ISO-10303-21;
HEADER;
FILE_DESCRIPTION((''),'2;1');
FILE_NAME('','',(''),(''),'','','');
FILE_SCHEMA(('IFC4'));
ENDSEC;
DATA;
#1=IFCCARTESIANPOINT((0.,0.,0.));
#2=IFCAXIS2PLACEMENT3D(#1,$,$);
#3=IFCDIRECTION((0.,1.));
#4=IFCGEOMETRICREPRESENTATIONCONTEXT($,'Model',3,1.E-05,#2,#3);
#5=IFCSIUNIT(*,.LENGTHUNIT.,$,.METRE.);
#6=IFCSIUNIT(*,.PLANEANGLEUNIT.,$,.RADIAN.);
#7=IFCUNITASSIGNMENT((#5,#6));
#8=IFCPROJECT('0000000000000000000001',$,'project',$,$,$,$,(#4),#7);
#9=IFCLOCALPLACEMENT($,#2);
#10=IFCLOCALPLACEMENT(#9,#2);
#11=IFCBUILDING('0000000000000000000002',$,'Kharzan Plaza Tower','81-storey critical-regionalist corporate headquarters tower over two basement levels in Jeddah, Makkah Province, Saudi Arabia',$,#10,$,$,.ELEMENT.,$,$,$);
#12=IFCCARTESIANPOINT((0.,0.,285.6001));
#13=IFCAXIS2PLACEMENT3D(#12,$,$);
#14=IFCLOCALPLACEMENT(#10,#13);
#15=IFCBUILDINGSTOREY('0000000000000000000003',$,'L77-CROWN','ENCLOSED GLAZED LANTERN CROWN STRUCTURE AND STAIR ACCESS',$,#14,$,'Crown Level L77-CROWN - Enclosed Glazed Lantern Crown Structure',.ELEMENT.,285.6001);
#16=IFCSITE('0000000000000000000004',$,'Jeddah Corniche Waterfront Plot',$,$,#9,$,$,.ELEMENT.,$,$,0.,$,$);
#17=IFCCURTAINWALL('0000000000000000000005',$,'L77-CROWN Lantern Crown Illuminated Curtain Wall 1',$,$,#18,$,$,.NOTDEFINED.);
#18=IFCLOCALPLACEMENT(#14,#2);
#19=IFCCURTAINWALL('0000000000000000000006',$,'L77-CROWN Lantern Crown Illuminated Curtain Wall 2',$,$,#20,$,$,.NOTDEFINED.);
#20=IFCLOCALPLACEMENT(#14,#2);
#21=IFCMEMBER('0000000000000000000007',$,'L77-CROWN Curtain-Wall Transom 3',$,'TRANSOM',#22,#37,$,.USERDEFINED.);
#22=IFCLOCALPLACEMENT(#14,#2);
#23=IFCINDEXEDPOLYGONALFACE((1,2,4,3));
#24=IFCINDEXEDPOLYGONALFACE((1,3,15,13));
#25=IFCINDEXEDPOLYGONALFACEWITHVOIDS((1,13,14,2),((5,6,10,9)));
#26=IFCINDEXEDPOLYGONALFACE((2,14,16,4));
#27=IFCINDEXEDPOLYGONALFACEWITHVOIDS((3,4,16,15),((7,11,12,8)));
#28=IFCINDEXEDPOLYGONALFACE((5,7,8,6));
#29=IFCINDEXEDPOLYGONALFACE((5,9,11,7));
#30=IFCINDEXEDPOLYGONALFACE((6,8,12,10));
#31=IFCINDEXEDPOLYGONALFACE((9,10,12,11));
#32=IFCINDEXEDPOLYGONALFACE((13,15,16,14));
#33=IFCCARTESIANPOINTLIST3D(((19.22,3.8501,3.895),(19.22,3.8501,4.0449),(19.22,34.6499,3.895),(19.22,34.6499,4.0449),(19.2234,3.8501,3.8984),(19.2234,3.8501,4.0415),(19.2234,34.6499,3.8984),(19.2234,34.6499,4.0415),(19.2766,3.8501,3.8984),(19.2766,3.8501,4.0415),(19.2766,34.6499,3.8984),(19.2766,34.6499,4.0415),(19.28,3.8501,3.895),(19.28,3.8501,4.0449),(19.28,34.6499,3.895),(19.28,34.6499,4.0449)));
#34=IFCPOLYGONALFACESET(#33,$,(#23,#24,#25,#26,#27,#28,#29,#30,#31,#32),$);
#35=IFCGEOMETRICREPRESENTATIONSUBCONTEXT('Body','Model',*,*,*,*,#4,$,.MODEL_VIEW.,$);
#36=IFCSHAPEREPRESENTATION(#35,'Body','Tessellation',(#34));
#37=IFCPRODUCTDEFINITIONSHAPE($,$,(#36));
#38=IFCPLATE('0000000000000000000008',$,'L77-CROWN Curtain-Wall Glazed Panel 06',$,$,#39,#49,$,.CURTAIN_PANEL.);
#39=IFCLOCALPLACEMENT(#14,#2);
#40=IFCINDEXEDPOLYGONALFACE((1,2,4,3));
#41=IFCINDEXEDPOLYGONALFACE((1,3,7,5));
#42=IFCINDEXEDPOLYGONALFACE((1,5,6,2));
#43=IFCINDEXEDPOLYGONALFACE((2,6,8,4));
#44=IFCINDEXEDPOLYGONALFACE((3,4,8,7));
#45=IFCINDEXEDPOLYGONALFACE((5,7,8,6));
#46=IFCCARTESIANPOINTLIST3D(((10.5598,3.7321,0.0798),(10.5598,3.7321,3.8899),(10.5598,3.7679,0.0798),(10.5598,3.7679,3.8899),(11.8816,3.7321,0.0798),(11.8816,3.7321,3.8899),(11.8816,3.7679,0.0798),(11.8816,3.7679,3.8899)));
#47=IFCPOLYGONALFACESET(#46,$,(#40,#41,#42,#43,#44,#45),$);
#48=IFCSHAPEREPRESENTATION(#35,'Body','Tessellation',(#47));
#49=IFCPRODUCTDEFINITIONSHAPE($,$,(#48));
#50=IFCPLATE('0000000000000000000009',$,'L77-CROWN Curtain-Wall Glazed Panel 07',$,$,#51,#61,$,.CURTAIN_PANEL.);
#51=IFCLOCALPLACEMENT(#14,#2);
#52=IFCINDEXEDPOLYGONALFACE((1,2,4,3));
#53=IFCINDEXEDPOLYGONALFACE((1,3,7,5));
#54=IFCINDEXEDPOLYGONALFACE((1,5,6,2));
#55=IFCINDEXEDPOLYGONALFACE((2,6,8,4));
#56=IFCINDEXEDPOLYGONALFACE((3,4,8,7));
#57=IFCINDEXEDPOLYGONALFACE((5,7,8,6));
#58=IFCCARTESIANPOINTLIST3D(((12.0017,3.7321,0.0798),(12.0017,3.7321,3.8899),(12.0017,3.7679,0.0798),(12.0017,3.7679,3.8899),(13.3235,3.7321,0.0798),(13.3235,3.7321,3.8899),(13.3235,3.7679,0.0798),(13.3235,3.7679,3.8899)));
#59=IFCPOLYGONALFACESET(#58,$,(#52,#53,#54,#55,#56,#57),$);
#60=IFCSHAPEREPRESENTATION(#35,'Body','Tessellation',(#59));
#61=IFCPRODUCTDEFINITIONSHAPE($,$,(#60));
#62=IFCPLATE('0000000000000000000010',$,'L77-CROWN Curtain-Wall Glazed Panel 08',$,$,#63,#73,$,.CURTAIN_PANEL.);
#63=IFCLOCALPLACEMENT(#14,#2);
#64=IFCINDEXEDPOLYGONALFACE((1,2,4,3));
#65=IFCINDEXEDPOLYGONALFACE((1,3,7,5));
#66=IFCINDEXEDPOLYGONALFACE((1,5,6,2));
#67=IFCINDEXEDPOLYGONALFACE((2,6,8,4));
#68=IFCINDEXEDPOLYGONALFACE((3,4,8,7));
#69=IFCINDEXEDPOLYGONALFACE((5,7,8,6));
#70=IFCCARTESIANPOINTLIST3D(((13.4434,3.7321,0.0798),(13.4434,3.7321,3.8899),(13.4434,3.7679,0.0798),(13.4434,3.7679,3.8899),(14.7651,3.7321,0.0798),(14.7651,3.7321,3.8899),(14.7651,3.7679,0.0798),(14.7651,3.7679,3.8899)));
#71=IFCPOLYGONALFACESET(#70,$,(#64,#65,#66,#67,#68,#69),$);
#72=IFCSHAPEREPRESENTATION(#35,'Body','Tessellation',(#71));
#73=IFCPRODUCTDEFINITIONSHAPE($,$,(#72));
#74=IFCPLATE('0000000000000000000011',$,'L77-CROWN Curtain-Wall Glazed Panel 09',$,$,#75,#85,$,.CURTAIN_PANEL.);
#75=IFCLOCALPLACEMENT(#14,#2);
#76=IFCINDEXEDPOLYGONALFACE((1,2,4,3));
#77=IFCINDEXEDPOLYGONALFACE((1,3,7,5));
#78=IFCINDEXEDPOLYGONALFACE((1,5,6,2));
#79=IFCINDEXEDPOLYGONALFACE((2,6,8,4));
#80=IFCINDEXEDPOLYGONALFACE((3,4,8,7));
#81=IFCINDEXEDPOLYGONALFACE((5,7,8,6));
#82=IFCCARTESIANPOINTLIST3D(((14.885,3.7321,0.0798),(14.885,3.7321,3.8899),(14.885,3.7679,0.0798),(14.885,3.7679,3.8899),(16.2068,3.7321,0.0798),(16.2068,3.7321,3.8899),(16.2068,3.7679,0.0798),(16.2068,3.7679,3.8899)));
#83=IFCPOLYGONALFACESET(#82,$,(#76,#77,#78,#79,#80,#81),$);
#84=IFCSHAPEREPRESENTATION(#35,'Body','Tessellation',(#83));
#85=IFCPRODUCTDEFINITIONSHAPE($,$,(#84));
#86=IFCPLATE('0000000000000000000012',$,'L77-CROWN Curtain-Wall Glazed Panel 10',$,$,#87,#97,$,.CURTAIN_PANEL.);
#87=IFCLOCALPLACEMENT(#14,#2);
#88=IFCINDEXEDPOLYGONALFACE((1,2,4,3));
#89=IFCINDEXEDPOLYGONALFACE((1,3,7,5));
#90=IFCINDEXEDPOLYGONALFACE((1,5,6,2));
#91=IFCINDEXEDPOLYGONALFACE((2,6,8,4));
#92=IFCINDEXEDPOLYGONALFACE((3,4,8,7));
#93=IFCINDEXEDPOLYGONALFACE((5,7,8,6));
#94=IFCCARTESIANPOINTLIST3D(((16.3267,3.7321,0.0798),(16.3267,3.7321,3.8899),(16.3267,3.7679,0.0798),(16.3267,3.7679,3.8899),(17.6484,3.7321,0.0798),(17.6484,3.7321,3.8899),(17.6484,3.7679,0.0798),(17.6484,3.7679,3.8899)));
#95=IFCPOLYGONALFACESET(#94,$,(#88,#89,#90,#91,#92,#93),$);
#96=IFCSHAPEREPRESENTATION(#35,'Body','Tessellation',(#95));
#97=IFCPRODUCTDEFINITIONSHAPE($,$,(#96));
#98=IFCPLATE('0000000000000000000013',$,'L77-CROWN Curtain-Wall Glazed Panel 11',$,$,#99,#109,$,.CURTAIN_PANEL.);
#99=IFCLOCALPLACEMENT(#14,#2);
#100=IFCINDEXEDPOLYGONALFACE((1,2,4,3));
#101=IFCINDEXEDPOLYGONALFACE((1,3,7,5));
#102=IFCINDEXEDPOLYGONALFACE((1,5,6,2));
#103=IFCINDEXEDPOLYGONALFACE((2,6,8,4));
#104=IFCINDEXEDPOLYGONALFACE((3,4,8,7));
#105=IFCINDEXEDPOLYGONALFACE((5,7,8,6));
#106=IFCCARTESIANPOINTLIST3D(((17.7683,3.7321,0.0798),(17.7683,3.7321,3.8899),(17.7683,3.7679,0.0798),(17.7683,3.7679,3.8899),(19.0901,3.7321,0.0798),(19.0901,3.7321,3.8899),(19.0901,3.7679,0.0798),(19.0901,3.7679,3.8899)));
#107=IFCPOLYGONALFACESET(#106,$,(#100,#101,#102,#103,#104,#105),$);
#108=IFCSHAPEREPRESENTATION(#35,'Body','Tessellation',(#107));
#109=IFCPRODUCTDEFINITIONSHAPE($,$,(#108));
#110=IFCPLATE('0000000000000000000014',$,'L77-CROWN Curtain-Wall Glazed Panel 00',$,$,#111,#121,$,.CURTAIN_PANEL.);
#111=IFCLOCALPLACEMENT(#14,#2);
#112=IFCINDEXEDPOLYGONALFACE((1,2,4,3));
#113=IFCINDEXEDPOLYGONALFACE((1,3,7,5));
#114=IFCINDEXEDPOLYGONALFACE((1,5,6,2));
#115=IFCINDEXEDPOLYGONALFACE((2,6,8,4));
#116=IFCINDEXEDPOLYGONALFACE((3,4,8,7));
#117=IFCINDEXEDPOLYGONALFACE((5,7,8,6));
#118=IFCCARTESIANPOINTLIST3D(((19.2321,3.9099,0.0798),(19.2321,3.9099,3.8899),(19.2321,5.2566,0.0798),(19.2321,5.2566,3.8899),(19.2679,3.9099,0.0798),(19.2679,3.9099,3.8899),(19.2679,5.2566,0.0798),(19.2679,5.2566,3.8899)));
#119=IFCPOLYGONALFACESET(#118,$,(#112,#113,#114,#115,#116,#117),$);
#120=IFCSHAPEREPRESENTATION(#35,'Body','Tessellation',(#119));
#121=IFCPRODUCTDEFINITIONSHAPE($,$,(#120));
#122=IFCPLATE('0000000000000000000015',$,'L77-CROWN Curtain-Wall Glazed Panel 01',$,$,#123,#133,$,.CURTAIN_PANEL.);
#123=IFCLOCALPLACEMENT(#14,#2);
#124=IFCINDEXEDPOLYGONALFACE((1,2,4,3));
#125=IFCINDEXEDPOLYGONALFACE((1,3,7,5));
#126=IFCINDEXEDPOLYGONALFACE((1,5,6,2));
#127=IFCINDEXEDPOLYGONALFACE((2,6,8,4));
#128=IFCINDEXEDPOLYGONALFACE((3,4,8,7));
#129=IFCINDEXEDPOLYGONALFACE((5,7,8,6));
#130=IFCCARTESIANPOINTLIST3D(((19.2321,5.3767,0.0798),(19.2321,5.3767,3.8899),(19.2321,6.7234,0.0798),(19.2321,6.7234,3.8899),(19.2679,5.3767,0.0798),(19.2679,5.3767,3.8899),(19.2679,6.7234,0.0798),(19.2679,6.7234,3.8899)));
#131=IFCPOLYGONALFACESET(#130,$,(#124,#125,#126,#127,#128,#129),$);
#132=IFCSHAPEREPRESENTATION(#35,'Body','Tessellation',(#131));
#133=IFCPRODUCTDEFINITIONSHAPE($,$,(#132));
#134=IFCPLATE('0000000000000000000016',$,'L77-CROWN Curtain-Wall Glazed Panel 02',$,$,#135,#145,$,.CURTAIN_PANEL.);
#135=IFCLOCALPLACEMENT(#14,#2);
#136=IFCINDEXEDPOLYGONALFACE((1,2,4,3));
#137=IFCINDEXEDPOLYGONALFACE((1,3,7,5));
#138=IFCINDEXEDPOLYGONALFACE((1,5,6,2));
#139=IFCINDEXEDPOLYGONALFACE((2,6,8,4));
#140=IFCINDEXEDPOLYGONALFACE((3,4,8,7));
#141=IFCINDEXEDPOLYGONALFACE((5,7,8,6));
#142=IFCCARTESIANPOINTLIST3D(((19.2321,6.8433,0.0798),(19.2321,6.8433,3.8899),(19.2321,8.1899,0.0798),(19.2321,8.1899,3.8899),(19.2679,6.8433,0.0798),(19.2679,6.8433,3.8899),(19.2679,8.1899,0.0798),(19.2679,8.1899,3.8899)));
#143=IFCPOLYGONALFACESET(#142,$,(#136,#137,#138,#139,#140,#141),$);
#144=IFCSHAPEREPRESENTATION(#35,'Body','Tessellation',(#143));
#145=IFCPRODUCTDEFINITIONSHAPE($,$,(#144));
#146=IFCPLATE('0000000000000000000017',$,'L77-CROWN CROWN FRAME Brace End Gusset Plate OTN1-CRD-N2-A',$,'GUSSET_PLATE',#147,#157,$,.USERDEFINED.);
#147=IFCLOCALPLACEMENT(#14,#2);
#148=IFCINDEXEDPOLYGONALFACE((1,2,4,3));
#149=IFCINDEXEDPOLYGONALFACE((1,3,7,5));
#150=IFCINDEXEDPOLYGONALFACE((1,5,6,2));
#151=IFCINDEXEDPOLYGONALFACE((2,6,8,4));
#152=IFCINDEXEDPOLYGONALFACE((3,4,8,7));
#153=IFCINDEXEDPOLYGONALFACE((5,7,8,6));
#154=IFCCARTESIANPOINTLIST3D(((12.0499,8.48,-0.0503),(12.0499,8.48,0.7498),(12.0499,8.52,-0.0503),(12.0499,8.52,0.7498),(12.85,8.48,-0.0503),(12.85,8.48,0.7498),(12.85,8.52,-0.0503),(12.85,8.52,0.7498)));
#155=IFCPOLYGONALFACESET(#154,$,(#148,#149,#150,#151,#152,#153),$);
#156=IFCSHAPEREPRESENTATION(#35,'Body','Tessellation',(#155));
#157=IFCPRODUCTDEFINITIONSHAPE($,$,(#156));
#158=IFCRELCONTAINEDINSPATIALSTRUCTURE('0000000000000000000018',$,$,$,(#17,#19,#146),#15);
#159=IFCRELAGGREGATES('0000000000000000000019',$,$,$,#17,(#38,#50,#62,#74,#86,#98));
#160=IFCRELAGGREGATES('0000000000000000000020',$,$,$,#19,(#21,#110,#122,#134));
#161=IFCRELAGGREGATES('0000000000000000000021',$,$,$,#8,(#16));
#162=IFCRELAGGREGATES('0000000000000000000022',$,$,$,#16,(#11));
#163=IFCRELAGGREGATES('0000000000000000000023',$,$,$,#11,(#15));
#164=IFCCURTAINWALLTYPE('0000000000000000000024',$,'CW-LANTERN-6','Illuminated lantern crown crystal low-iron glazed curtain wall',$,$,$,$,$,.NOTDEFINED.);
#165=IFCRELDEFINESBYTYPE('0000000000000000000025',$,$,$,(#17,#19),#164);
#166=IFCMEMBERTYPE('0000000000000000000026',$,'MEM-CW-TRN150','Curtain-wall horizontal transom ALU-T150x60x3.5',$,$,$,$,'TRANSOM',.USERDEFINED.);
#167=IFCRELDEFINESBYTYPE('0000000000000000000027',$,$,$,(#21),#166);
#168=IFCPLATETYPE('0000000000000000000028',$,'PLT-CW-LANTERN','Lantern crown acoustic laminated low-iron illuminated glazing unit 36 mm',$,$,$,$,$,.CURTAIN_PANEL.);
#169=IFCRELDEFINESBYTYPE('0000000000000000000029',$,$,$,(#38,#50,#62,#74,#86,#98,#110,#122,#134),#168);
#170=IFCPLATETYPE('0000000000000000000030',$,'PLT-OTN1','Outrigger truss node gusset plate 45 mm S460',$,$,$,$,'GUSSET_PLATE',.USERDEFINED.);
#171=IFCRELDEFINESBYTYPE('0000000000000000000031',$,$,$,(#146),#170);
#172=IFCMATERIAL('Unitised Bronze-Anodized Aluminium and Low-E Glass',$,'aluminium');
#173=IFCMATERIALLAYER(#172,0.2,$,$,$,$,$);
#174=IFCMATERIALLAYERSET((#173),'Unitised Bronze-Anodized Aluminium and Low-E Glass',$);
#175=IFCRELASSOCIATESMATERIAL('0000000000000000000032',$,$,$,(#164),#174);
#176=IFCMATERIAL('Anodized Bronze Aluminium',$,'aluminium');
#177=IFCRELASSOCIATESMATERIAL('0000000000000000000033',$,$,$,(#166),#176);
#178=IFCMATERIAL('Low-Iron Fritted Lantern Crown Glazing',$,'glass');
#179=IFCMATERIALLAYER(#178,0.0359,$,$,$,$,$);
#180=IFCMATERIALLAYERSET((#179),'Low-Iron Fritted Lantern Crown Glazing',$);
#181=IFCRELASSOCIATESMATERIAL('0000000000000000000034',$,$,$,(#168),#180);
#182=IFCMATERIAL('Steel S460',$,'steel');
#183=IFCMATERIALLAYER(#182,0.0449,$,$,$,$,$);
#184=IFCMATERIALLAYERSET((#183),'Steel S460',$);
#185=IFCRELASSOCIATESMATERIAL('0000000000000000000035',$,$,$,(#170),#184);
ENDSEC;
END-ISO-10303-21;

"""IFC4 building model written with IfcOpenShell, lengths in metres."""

from ifc_helpers import new_model, si_unit, direction, frame, origin, origin_2d, place, context, subcontext, project, spatial, rectangle, hollow_rectangle, extrude, source, transform, mapped, material, layer, layer_set, material_profile, profile_set, type_object, element, aggregate, save


model = new_model("IFC4")

# Units and contexts
model_context = context("Model", 3, precision=1e-05, world=origin(), true_north=direction((0.0, 1.0)))
body_context = subcontext(model_context, "Body", "Model", "MODEL_VIEW")
ifc_project = project(units=[si_unit("LENGTHUNIT", "METRE"), si_unit("PLANEANGLEUNIT", "RADIAN")], contexts=[model_context])

# Site, building, storey
site_placement = place(None, origin())
site = spatial("IfcSite", under=ifc_project, at=site_placement, Name="Jeddah Corniche Waterfront Plot", CompositionType="ELEMENT", RefElevation=0.0)
building_placement = place(site_placement, origin())
building = spatial("IfcBuilding", under=site, at=building_placement, Name="Kharzan Plaza Tower", Description="81-storey critical-regionalist corporate headquarters tower over two basement levels in Jeddah, Makkah Province, Saudi Arabia", CompositionType="ELEMENT")
storey_placement = place(building_placement, frame((0.0, 0.0, 285.6001)))
storey = spatial("IfcBuildingStorey", under=building, at=storey_placement, Name="L77-CROWN", Description="ENCLOSED GLAZED LANTERN CROWN STRUCTURE AND STAIR ACCESS", LongName="Crown Level L77-CROWN - Enclosed Glazed Lantern Crown Structure", CompositionType="ELEMENT", Elevation=285.6001)

# Curtain walls, member
ifc_material_1 = material(Name="Unitised Bronze-Anodized Aluminium and Low-E Glass", Category="aluminium")
ifc_layer_1 = layer(ifc_material_1, 0.2)
ifc_layer_set_1 = layer_set([ifc_layer_1], Name="Unitised Bronze-Anodized Aluminium and Low-E Glass")
curtain_wall_type = type_object("IfcCurtainWallType", Name="CW-LANTERN-6", Description="Illuminated lantern crown crystal low-iron glazed curtain wall", PredefinedType="NOTDEFINED", material=ifc_layer_set_1)
curtain_wall_1_placement = place(storey_placement, origin())
curtain_wall_1 = element("IfcCurtainWall", 1, at=curtain_wall_1_placement, inside=storey, type_object=curtain_wall_type, Name="L77-CROWN Lantern Crown Illuminated Curtain Wall 1", PredefinedType="NOTDEFINED")
ifc_material_2 = material(Name="Anodized Bronze Aluminium", Category="aluminium")
curtain_wall_2_placement = place(storey_placement, origin())
curtain_wall_2 = element("IfcCurtainWall", 2, at=curtain_wall_2_placement, inside=storey, type_object=curtain_wall_type, Name="L77-CROWN Lantern Crown Illuminated Curtain Wall 2", PredefinedType="NOTDEFINED")
ifc_material_profile_1 = material_profile(ifc_material_2, hollow_rectangle(XDim=0.0601, YDim=0.1499, WallThickness=0.0034, at=origin_2d()), Name="ALU-T150x60x3.5")
ifc_profile_set_1 = profile_set([ifc_material_profile_1], Name="Anodized Bronze Aluminium")
member_type_1 = type_object("IfcMemberType", Name="MEM-CW-TRN150", Description="Curtain-wall horizontal transom ALU-T150x60x3.5", ElementType="TRANSOM", PredefinedType="USERDEFINED", material=ifc_profile_set_1)
shared_shape_1 = source(origin(), body_context, "Body", "SweptSolid", [
    extrude(hollow_rectangle(XDim=0.0601, YDim=0.1499, WallThickness=0.0034, at=origin_2d()), origin(), (0.0, 0.0, 1.0), 30.7998),
])
member_1_placement = place(storey_placement, frame((19.25, 3.8501, 3.97), z_axis=(0.0, 1.0, 0.0), x_axis=(-1.0, 0.0, 0.0)))
member_1 = element("IfcMember", 3, at=member_1_placement, type_object=member_type_1, Name="L77-CROWN Curtain-Wall Transom 3", ObjectType="TRANSOM", PredefinedType="USERDEFINED", context=body_context, shape_type="MappedRepresentation", body=[
    mapped(shared_shape_1, transform((0.0, 0.0, 0.0), x_axis=(1.0, 0.0, 0.0), y_axis=(0.0, 1.0, 0.0), z_axis=(0.0, 0.0, 1.0))),
])

# Plates
ifc_material_3 = material(Name="Low-Iron Fritted Lantern Crown Glazing", Category="glass")
ifc_layer_2 = layer(ifc_material_3, 0.0359)
ifc_layer_set_2 = layer_set([ifc_layer_2], Name="Low-Iron Fritted Lantern Crown Glazing")
plate_type_1 = type_object("IfcPlateType", Name="PLT-CW-LANTERN", Description="Lantern crown acoustic laminated low-iron illuminated glazing unit 36 mm", PredefinedType="CURTAIN_PANEL", material=ifc_layer_set_2)
shared_shape_2 = source(origin(), body_context, "Body", "SweptSolid", [
    extrude(rectangle(XDim=1.3218, YDim=0.0359, at=origin_2d()), origin(), (0.0, 0.0, 1.0), 3.8101),
])
plate_1_placement = place(storey_placement, frame((11.2207, 3.75, 0.0798), z_axis=(0.0, 0.0, 1.0), x_axis=(1.0, 0.0, 0.0)))
plate_1 = element("IfcPlate", 4, at=plate_1_placement, type_object=plate_type_1, Name="L77-CROWN Curtain-Wall Glazed Panel 06", PredefinedType="CURTAIN_PANEL", context=body_context, shape_type="MappedRepresentation", body=[
    mapped(shared_shape_2, transform((0.0, 0.0, 0.0), x_axis=(1.0, 0.0, 0.0), y_axis=(0.0, 1.0, 0.0), z_axis=(0.0, 0.0, 1.0))),
])
plate_2_placement = place(storey_placement, frame((12.6626, 3.75, 0.0798), z_axis=(0.0, 0.0, 1.0), x_axis=(1.0, 0.0, 0.0)))
plate_2 = element("IfcPlate", 5, at=plate_2_placement, type_object=plate_type_1, Name="L77-CROWN Curtain-Wall Glazed Panel 07", PredefinedType="CURTAIN_PANEL", context=body_context, shape_type="MappedRepresentation", body=[
    mapped(shared_shape_2, transform((0.0, 0.0, 0.0), x_axis=(1.0, 0.0, 0.0), y_axis=(0.0, 1.0, 0.0), z_axis=(0.0, 0.0, 1.0))),
])
plate_3_placement = place(storey_placement, frame((14.1042, 3.75, 0.0798), z_axis=(0.0, 0.0, 1.0), x_axis=(1.0, 0.0, 0.0)))
plate_3 = element("IfcPlate", 6, at=plate_3_placement, type_object=plate_type_1, Name="L77-CROWN Curtain-Wall Glazed Panel 08", PredefinedType="CURTAIN_PANEL", context=body_context, shape_type="MappedRepresentation", body=[
    mapped(shared_shape_2, transform((0.0, 0.0, 0.0), x_axis=(1.0, 0.0, 0.0), y_axis=(0.0, 1.0, 0.0), z_axis=(0.0, 0.0, 1.0))),
])
plate_4_placement = place(storey_placement, frame((15.5459, 3.75, 0.0798), z_axis=(0.0, 0.0, 1.0), x_axis=(1.0, 0.0, 0.0)))
plate_4 = element("IfcPlate", 7, at=plate_4_placement, type_object=plate_type_1, Name="L77-CROWN Curtain-Wall Glazed Panel 09", PredefinedType="CURTAIN_PANEL", context=body_context, shape_type="MappedRepresentation", body=[
    mapped(shared_shape_2, transform((0.0, 0.0, 0.0), x_axis=(1.0, 0.0, 0.0), y_axis=(0.0, 1.0, 0.0), z_axis=(0.0, 0.0, 1.0))),
])
plate_5_placement = place(storey_placement, frame((16.9875, 3.75, 0.0798), z_axis=(0.0, 0.0, 1.0), x_axis=(1.0, 0.0, 0.0)))
plate_5 = element("IfcPlate", 8, at=plate_5_placement, type_object=plate_type_1, Name="L77-CROWN Curtain-Wall Glazed Panel 10", PredefinedType="CURTAIN_PANEL", context=body_context, shape_type="MappedRepresentation", body=[
    mapped(shared_shape_2, transform((0.0, 0.0, 0.0), x_axis=(1.0, 0.0, 0.0), y_axis=(0.0, 1.0, 0.0), z_axis=(0.0, 0.0, 1.0))),
])
plate_6_placement = place(storey_placement, frame((18.4292, 3.75, 0.0798), z_axis=(0.0, 0.0, 1.0), x_axis=(1.0, 0.0, 0.0)))
plate_6 = element("IfcPlate", 9, at=plate_6_placement, type_object=plate_type_1, Name="L77-CROWN Curtain-Wall Glazed Panel 11", PredefinedType="CURTAIN_PANEL", context=body_context, shape_type="MappedRepresentation", body=[
    mapped(shared_shape_2, transform((0.0, 0.0, 0.0), x_axis=(1.0, 0.0, 0.0), y_axis=(0.0, 1.0, 0.0), z_axis=(0.0, 0.0, 1.0))),
])
aggregate(curtain_wall_1, [plate_1, plate_2, plate_3, plate_4, plate_5, plate_6])
shared_shape_3 = source(origin(), body_context, "Body", "SweptSolid", [
    extrude(rectangle(XDim=1.3467, YDim=0.0359, at=origin_2d()), origin(), (0.0, 0.0, 1.0), 3.8101),
])
plate_7_placement = place(storey_placement, frame((19.25, 4.5833, 0.0798), z_axis=(0.0, 0.0, 1.0), x_axis=(0.0, 1.0, 0.0)))
plate_7 = element("IfcPlate", 10, at=plate_7_placement, type_object=plate_type_1, Name="L77-CROWN Curtain-Wall Glazed Panel 00", PredefinedType="CURTAIN_PANEL", context=body_context, shape_type="MappedRepresentation", body=[
    mapped(shared_shape_3, transform((0.0, 0.0, 0.0), x_axis=(1.0, 0.0, 0.0), y_axis=(0.0, 1.0, 0.0), z_axis=(0.0, 0.0, 1.0))),
])
plate_8_placement = place(storey_placement, frame((19.25, 6.05, 0.0798), z_axis=(0.0, 0.0, 1.0), x_axis=(0.0, 1.0, 0.0)))
plate_8 = element("IfcPlate", 11, at=plate_8_placement, type_object=plate_type_1, Name="L77-CROWN Curtain-Wall Glazed Panel 01", PredefinedType="CURTAIN_PANEL", context=body_context, shape_type="MappedRepresentation", body=[
    mapped(shared_shape_3, transform((0.0, 0.0, 0.0), x_axis=(1.0, 0.0, 0.0), y_axis=(0.0, 1.0, 0.0), z_axis=(0.0, 0.0, 1.0))),
])
plate_9_placement = place(storey_placement, frame((19.25, 7.5166, 0.0798), z_axis=(0.0, 0.0, 1.0), x_axis=(0.0, 1.0, 0.0)))
plate_9 = element("IfcPlate", 12, at=plate_9_placement, type_object=plate_type_1, Name="L77-CROWN Curtain-Wall Glazed Panel 02", PredefinedType="CURTAIN_PANEL", context=body_context, shape_type="MappedRepresentation", body=[
    mapped(shared_shape_3, transform((0.0, 0.0, 0.0), x_axis=(1.0, 0.0, 0.0), y_axis=(0.0, 1.0, 0.0), z_axis=(0.0, 0.0, 1.0))),
])
aggregate(curtain_wall_2, [member_1, plate_7, plate_8, plate_9])
ifc_material_4 = material(Name="Steel S460", Category="steel")
ifc_layer_3 = layer(ifc_material_4, 0.0449)
ifc_layer_set_3 = layer_set([ifc_layer_3], Name="Steel S460")
plate_type_2 = type_object("IfcPlateType", Name="PLT-OTN1", Description="Outrigger truss node gusset plate 45 mm S460", ElementType="GUSSET_PLATE", PredefinedType="USERDEFINED", material=ifc_layer_set_3)
shared_shape_4 = source(origin(), body_context, "Body", "SweptSolid", [
    extrude(rectangle(XDim=0.8, YDim=0.04, at=origin_2d()), origin(), (0.0, 0.0, 1.0), 0.8),
])
plate_10_placement = place(storey_placement, frame((12.45, 8.5, -0.0503), z_axis=(0.0, 0.0, 1.0), x_axis=(1.0, 0.0, 0.0)))
element("IfcPlate", 13, at=plate_10_placement, inside=storey, type_object=plate_type_2, Name="L77-CROWN CROWN FRAME Brace End Gusset Plate OTN1-CRD-N2-A", ObjectType="GUSSET_PLATE", PredefinedType="USERDEFINED", context=body_context, shape_type="MappedRepresentation", body=[
    mapped(shared_shape_4, transform((0.0, 0.0, 0.0), x_axis=(1.0, 0.0, 0.0), y_axis=(0.0, 1.0, 0.0), z_axis=(0.0, 0.0, 1.0))),
])

save(model, "model.ifc")
